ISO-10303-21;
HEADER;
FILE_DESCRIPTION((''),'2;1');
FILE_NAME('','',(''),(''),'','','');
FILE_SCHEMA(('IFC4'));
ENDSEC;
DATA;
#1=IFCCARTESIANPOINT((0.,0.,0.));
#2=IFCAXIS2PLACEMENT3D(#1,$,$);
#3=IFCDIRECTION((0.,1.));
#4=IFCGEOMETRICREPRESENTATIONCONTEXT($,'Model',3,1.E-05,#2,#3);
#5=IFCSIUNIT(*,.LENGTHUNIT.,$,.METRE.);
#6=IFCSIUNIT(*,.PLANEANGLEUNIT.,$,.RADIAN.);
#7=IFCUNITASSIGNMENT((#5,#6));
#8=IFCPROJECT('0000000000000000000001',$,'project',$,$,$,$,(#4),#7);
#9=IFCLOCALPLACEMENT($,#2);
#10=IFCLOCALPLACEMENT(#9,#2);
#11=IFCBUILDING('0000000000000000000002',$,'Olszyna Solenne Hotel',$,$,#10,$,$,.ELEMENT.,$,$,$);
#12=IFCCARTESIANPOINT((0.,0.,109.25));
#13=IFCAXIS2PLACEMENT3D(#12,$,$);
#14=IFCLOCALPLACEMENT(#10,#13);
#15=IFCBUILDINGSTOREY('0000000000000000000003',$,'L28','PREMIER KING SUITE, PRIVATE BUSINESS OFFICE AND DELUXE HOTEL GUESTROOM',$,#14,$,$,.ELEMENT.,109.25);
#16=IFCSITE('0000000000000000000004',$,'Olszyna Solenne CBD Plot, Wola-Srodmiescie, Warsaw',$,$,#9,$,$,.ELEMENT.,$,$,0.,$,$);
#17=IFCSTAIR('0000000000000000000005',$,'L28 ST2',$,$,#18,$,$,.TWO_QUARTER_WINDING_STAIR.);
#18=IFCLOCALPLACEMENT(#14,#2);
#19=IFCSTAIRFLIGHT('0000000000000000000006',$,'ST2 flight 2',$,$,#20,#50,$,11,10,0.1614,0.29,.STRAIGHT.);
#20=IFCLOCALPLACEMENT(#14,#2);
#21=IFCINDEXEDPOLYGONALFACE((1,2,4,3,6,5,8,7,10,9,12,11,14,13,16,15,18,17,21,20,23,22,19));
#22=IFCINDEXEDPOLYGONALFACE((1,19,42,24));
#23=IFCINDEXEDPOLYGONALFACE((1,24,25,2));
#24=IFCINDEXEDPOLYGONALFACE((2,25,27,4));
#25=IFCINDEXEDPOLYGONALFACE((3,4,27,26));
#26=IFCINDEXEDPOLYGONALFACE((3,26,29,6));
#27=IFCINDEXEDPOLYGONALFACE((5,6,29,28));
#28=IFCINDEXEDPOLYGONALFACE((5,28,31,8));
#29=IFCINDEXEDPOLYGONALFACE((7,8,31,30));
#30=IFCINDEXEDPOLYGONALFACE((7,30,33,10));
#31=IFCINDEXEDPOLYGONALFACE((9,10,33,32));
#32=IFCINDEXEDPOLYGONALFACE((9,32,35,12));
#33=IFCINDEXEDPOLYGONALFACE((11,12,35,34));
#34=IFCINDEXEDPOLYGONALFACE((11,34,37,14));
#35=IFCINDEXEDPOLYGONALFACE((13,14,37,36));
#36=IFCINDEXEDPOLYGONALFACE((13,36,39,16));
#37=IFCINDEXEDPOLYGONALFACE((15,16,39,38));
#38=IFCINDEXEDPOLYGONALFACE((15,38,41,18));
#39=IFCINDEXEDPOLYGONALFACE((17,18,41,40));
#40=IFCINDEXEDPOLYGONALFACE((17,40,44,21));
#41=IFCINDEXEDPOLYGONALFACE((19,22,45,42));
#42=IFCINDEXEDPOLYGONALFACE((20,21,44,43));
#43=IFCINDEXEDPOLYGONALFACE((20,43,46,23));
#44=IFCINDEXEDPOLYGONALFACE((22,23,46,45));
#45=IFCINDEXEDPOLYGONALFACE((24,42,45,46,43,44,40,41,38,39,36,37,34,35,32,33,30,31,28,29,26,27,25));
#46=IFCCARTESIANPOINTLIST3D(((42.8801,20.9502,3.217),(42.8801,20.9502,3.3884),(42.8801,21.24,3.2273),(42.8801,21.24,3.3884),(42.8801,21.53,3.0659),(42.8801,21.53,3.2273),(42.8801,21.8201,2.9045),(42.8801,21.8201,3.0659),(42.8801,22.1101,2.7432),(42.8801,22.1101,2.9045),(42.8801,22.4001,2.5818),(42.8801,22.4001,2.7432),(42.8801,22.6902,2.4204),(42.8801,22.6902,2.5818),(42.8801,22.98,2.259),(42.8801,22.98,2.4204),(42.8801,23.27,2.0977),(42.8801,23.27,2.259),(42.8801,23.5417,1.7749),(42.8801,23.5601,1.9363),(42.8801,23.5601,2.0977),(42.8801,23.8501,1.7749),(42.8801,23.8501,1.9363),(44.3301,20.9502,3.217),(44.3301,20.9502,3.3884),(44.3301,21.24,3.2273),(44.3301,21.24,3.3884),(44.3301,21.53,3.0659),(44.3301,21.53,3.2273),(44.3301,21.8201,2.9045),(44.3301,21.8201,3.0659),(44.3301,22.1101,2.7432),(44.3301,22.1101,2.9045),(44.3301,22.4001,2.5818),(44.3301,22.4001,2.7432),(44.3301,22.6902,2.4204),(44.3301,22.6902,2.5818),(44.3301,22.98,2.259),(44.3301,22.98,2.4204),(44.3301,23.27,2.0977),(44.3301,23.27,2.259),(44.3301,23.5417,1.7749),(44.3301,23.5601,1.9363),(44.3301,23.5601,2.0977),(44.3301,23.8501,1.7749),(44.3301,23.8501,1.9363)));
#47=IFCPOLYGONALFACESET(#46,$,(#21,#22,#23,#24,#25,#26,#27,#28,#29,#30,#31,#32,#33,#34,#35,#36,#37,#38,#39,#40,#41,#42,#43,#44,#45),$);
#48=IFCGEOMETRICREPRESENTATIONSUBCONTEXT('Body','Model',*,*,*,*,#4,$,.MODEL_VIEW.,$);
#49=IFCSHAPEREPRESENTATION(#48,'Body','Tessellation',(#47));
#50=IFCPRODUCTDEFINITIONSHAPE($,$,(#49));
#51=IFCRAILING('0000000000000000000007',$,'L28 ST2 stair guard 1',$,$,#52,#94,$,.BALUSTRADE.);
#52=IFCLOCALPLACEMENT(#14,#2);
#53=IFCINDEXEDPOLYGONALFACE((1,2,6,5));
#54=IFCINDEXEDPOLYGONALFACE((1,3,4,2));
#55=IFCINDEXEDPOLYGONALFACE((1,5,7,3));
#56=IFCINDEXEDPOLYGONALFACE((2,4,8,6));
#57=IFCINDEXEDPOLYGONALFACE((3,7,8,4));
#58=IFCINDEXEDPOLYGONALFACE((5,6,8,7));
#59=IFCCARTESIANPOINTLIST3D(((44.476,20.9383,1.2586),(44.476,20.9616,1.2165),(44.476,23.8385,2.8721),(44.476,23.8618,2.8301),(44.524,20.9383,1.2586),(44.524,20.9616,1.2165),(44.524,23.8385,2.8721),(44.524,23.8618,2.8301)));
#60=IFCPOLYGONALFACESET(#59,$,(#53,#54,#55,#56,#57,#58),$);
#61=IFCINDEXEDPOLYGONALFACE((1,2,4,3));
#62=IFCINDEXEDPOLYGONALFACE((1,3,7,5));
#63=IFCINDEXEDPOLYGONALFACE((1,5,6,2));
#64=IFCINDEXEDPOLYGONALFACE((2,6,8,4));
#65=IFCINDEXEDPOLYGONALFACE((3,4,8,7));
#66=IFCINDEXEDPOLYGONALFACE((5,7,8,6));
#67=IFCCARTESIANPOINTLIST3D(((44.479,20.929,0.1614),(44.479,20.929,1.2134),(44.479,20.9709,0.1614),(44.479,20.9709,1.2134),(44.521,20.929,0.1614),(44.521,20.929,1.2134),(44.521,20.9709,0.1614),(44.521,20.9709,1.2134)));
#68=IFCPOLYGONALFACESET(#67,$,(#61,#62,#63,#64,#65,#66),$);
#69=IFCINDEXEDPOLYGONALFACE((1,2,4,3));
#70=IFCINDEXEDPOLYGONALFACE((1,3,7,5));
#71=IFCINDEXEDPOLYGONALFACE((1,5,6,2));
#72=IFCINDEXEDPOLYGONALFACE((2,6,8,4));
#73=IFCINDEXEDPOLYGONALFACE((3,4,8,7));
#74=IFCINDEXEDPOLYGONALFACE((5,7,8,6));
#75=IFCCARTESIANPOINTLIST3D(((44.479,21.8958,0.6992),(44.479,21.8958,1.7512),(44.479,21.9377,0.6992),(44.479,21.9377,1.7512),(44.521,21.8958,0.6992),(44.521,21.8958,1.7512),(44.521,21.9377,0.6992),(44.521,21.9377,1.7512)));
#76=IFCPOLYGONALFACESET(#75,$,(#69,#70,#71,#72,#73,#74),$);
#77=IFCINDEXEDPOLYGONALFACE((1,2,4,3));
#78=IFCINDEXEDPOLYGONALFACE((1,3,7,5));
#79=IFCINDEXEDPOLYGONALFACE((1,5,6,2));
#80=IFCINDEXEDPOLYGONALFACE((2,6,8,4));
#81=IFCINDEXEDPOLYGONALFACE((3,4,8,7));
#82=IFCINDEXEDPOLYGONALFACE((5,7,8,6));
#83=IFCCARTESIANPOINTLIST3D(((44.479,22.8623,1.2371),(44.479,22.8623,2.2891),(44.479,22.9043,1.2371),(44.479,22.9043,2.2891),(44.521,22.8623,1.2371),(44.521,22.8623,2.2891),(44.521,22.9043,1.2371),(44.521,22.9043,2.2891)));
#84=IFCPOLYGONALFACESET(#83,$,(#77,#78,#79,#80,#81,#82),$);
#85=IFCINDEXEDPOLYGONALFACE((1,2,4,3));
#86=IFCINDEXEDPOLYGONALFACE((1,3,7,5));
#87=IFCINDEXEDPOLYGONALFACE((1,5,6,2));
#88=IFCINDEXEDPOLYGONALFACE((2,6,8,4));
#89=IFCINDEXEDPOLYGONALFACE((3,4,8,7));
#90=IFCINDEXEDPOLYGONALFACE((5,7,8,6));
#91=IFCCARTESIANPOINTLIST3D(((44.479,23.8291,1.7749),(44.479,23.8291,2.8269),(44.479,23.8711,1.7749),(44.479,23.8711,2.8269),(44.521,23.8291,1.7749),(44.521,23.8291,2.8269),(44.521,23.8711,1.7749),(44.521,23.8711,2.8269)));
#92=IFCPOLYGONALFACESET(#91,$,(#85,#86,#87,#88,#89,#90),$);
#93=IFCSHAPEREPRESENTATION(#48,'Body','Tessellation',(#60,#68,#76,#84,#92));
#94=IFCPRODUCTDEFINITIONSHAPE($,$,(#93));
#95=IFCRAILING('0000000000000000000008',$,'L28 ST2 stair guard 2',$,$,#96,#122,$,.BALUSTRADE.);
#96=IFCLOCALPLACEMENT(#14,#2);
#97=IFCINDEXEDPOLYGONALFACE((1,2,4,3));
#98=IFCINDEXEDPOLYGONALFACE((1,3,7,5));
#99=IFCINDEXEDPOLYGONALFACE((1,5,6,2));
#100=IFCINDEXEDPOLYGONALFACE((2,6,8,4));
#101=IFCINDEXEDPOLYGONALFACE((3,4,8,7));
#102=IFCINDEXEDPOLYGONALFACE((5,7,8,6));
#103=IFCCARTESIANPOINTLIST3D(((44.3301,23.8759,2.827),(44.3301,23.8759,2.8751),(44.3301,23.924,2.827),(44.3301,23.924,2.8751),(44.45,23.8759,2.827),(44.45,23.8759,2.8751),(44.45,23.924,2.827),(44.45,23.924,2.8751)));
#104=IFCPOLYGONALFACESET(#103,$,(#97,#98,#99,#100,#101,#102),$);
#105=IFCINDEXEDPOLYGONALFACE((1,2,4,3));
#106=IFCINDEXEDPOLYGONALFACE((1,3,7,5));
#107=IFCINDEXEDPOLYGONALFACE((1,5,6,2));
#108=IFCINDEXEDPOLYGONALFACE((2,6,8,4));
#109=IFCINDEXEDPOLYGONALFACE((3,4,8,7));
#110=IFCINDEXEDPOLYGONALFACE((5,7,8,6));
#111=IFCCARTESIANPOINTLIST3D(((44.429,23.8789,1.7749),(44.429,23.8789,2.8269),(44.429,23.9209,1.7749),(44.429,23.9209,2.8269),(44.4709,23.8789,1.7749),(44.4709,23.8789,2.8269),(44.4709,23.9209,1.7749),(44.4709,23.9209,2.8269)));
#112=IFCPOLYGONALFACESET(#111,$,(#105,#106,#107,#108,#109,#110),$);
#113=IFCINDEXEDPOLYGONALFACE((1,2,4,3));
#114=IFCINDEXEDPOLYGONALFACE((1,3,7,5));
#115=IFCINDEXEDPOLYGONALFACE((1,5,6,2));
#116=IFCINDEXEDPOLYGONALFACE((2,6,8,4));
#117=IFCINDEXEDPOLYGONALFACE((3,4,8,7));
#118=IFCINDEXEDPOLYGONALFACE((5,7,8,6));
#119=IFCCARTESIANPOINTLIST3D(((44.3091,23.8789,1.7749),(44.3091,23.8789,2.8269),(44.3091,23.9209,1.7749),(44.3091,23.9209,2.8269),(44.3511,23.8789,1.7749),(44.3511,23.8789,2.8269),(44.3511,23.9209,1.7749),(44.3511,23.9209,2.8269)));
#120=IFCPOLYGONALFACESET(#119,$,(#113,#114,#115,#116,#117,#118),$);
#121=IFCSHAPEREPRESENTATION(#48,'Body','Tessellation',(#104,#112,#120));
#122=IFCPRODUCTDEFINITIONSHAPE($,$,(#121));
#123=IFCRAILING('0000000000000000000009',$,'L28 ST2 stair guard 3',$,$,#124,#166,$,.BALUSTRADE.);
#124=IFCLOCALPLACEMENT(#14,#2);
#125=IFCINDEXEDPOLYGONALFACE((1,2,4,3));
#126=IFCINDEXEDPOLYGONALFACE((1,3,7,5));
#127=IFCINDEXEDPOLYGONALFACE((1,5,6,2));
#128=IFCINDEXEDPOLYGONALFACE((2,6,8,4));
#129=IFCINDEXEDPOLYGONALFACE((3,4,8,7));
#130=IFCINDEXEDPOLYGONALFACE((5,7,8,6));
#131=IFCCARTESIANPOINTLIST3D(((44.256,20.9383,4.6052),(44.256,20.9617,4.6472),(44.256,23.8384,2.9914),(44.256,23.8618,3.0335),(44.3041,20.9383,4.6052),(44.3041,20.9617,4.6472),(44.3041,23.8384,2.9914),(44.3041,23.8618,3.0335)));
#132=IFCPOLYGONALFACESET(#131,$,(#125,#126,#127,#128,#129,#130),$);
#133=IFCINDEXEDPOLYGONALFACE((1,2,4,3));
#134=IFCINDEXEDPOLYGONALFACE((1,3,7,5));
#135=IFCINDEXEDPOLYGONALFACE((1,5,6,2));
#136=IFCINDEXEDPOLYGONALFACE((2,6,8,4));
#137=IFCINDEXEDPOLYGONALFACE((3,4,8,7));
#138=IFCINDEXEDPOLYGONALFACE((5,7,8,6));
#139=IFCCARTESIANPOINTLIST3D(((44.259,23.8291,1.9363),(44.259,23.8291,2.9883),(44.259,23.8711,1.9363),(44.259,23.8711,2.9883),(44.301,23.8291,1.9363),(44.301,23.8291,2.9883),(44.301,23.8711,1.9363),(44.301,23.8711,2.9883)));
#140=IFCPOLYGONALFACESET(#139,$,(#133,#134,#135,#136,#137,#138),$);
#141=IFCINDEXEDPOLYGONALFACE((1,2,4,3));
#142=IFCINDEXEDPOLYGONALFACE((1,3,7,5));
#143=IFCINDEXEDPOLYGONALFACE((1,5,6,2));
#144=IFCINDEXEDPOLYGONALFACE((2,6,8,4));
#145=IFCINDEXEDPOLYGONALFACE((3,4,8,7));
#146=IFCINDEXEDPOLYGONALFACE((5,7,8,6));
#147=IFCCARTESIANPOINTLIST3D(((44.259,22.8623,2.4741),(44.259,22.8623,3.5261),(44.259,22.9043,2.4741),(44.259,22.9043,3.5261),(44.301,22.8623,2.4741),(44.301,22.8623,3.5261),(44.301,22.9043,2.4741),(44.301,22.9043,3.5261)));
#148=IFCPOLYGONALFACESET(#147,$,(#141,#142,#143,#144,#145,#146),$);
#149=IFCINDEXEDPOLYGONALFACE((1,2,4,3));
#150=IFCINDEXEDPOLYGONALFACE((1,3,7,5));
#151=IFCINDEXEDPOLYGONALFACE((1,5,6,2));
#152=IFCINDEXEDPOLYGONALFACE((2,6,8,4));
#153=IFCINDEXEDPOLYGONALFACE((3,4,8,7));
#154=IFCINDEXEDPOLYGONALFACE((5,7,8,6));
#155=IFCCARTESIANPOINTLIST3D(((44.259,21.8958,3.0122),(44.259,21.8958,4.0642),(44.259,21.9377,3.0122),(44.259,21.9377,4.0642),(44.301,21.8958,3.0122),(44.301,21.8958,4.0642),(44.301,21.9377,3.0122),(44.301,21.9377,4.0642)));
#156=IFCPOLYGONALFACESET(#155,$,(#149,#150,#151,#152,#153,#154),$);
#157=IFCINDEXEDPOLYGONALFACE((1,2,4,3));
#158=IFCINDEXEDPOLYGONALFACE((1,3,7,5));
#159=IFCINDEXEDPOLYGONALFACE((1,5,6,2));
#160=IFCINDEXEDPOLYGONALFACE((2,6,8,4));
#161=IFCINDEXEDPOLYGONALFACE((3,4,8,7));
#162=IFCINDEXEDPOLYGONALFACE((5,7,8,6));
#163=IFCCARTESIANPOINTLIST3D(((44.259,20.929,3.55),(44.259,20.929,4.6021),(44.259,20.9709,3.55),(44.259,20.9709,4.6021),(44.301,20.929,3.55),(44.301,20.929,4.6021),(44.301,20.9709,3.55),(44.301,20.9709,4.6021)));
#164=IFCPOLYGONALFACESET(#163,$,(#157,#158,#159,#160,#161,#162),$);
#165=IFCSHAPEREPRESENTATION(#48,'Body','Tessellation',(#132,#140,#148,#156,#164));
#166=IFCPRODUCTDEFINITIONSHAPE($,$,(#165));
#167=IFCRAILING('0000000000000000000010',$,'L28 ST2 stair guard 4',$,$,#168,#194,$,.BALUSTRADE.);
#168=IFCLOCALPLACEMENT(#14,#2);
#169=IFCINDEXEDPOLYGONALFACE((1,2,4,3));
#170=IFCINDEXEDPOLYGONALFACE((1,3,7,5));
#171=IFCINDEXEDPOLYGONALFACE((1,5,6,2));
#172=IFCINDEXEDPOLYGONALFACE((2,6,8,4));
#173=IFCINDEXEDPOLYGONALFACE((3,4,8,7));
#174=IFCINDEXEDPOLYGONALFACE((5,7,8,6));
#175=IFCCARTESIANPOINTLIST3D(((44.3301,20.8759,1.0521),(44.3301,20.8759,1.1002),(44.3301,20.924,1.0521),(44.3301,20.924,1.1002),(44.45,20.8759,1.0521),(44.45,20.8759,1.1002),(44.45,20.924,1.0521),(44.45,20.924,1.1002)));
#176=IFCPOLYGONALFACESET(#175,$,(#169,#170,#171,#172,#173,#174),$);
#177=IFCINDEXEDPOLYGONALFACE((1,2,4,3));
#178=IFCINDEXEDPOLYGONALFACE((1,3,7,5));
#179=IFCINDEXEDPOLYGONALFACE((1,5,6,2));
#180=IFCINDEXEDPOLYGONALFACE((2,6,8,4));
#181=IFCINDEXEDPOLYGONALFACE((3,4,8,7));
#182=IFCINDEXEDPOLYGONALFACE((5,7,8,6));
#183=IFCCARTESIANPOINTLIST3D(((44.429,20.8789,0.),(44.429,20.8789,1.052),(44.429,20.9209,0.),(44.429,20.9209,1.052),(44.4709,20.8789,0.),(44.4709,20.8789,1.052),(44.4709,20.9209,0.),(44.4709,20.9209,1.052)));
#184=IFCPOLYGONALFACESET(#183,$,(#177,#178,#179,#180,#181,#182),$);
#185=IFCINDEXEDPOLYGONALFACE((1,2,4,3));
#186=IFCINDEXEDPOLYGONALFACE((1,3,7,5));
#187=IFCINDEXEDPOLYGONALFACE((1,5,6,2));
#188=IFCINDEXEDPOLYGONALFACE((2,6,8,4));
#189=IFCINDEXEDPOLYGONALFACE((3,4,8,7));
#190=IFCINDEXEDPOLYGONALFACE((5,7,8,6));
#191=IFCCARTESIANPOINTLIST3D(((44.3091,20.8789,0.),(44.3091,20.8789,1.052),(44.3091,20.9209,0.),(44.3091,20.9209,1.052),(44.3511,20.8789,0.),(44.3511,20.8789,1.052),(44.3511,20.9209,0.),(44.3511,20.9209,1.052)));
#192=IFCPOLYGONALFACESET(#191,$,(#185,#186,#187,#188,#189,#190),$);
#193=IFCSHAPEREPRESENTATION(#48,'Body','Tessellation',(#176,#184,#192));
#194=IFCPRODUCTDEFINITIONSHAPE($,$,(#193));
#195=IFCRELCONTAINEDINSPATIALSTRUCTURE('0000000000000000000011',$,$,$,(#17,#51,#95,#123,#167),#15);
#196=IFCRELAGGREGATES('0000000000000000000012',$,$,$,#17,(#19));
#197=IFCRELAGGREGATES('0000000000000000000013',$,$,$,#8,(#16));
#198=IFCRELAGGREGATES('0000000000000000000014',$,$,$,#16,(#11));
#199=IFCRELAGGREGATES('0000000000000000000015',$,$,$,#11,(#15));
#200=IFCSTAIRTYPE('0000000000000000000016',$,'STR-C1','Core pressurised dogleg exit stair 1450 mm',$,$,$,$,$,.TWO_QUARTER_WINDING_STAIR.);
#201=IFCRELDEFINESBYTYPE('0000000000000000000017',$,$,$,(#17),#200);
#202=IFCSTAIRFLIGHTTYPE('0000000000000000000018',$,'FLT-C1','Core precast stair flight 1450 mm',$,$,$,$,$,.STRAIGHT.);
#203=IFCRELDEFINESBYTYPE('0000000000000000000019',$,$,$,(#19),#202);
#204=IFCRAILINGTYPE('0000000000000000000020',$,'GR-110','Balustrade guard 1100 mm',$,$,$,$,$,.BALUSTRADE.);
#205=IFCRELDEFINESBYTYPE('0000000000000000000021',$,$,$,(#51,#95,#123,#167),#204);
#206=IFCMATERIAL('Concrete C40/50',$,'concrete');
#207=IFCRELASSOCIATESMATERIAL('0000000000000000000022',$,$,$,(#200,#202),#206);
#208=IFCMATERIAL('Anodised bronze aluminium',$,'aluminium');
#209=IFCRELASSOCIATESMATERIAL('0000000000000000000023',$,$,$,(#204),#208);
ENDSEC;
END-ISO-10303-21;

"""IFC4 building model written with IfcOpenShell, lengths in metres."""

from ifc_helpers import new_model, si_unit, direction, frame, origin, origin_2d, place, context, subcontext, project, spatial, polyline, rectangle, outline, extrude, material, type_object, element, aggregate, save


model = new_model("IFC4")

# Units and contexts
model_context = context("Model", 3, precision=1e-05, world=origin(), true_north=direction((0.0, 1.0)))
body_context = subcontext(model_context, "Body", "Model", "MODEL_VIEW")
ifc_project = project(units=[si_unit("LENGTHUNIT", "METRE"), si_unit("PLANEANGLEUNIT", "RADIAN")], contexts=[model_context])

# Site, building, storey
site_placement = place(None, origin())
site = spatial("IfcSite", under=ifc_project, at=site_placement, Name="Olszyna Solenne CBD Plot, Wola-Srodmiescie, Warsaw", CompositionType="ELEMENT", RefElevation=0.0)
building_placement = place(site_placement, origin())
building = spatial("IfcBuilding", under=site, at=building_placement, Name="Olszyna Solenne Hotel", CompositionType="ELEMENT")
storey_placement = place(building_placement, frame((0.0, 0.0, 109.25)))
storey = spatial("IfcBuildingStorey", under=building, at=storey_placement, Name="L28", Description="PREMIER KING SUITE, PRIVATE BUSINESS OFFICE AND DELUXE HOTEL GUESTROOM", CompositionType="ELEMENT", Elevation=109.25)

# Stair, stair flight
ifc_material_1 = material(Name="Concrete C40/50", Category="concrete")
stair_type = type_object("IfcStairType", Name="STR-C1", Description="Core pressurised dogleg exit stair 1450 mm", PredefinedType="TWO_QUARTER_WINDING_STAIR", material=ifc_material_1)
stair_placement = place(storey_placement, origin())
stair = element("IfcStair", 1, at=stair_placement, inside=storey, type_object=stair_type, Name="L28 ST2", PredefinedType="TWO_QUARTER_WINDING_STAIR")
stair_flight_type = type_object("IfcStairFlightType", Name="FLT-C1", Description="Core precast stair flight 1450 mm", PredefinedType="STRAIGHT", material=ifc_material_1)
stair_flight_1_placement = place(storey_placement, frame((43.605, 23.8501, 1.7749), z_axis=(0.0, 0.0, 1.0), x_axis=(0.0, -1.0, 0.0)))
stair_flight_1 = element("IfcStairFlight", 2, at=stair_flight_1_placement, type_object=stair_flight_type, Name="ST2 flight 2", NumberOfRisers=11, NumberOfTreads=10, PredefinedType="STRAIGHT", RiserHeight=0.1614, TreadLength=0.29, context=body_context, shape_type="SweptSolid", body=[
    extrude(outline(polyline([(0.0, 0.0), (0.0, 0.1614), (0.29, 0.1614), (0.29, 0.3228), (0.5801, 0.3228), (0.5801, 0.4841), (0.8701, 0.4841), (0.8701, 0.6455), (1.1599, 0.6455), (1.1599, 0.8069), (1.45, 0.8069), (1.45, 0.9683), (1.74, 0.9683), (1.74, 1.1296), (2.03, 1.1296), (2.03, 1.291), (2.3201, 1.291), (2.3201, 1.4524), (2.6101, 1.4524), (2.6101, 1.6135), (2.8999, 1.6135), (2.8999, 1.7749), (2.8999, 1.4421), (0.3083, 0.0), (0.0, 0.0)])), frame((0.0, 0.7251, 0.0), z_axis=(0.0, -1.0, 0.0), x_axis=(1.0, 0.0, 0.0)), (0.0, 0.0, 1.0), 1.45),
])
aggregate(stair, [stair_flight_1])

# Railings
ifc_material_2 = material(Name="Anodised bronze aluminium", Category="aluminium")
railing_type_1 = type_object("IfcRailingType", Name="GR-110", Description="Balustrade guard 1100 mm", PredefinedType="BALUSTRADE", material=ifc_material_2)
railing_1_placement = place(storey_placement, frame((44.5, 20.95, 0.1614)))
element("IfcRailing", 3, at=railing_1_placement, inside=storey, type_object=railing_type_1, Name="L28 ST2 stair guard 1", PredefinedType="BALUSTRADE", context=body_context, shape_type="SweptSolid", body=[
    extrude(rectangle(XDim=0.0481, YDim=0.0481, at=origin_2d()), frame((0.0, 0.0, 1.0762), z_axis=(0.0, 0.873859, 0.48618), x_axis=(-1.0, 0.0, 0.0)), (0.0, 0.0, 1.0), 3.3188),
    extrude(rectangle(XDim=0.042, YDim=0.042, at=origin_2d()), origin(), (0.0, 0.0, 1.0), 1.052),
    extrude(rectangle(XDim=0.042, YDim=0.042, at=origin_2d()), frame((0.0, 0.9668, 0.5378)), (0.0, 0.0, 1.0), 1.052),
    extrude(rectangle(XDim=0.042, YDim=0.042, at=origin_2d()), frame((0.0, 1.9333, 1.0757)), (0.0, 0.0, 1.0), 1.052),
    extrude(rectangle(XDim=0.042, YDim=0.042, at=origin_2d()), frame((0.0, 2.9001, 1.6135)), (0.0, 0.0, 1.0), 1.052),
])
railing_2_placement = place(storey_placement, frame((44.45, 23.8999, 1.7749)))
element("IfcRailing", 4, at=railing_2_placement, inside=storey, type_object=railing_type_1, Name="L28 ST2 stair guard 2", PredefinedType="BALUSTRADE", context=body_context, shape_type="SweptSolid", body=[
    extrude(rectangle(XDim=0.0481, YDim=0.0481, at=origin_2d()), frame((0.0, 0.0, 1.0762), z_axis=(-1.0, 0.0, 0.0), x_axis=(0.0, -1.0, 0.0)), (0.0, 0.0, 1.0), 0.1199),
    extrude(rectangle(XDim=0.042, YDim=0.042, at=origin_2d()), origin(), (0.0, 0.0, 1.0), 1.052),
    extrude(rectangle(XDim=0.042, YDim=0.042, at=origin_2d()), frame((-0.1199, 0.0, 0.0)), (0.0, 0.0, 1.0), 1.052),
])
railing_3_placement = place(storey_placement, frame((44.28, 23.8501, 1.9363)))
element("IfcRailing", 5, at=railing_3_placement, inside=storey, type_object=railing_type_1, Name="L28 ST2 stair guard 3", PredefinedType="BALUSTRADE", context=body_context, shape_type="SweptSolid", body=[
    extrude(rectangle(XDim=0.0481, YDim=0.0481, at=origin_2d()), frame((0.0, 0.0, 1.0762), z_axis=(0.0, -0.873827, 0.486236), x_axis=(1.0, 0.0, 0.0)), (0.0, 0.0, 1.0), 3.3188),
    extrude(rectangle(XDim=0.042, YDim=0.042, at=origin_2d()), origin(), (0.0, 0.0, 1.0), 1.052),
    extrude(rectangle(XDim=0.042, YDim=0.042, at=origin_2d()), frame((0.0, -0.9668, 0.5378)), (0.0, 0.0, 1.0), 1.052),
    extrude(rectangle(XDim=0.042, YDim=0.042, at=origin_2d()), frame((0.0, -1.9333, 1.0759)), (0.0, 0.0, 1.0), 1.052),
    extrude(rectangle(XDim=0.042, YDim=0.042, at=origin_2d()), frame((0.0, -2.9001, 1.6138)), (0.0, 0.0, 1.0), 1.052),
])
railing_4_placement = place(storey_placement, frame((44.45, 20.8999, 0.0)))
element("IfcRailing", 6, at=railing_4_placement, inside=storey, type_object=railing_type_1, Name="L28 ST2 stair guard 4", PredefinedType="BALUSTRADE", context=body_context, shape_type="SweptSolid", body=[
    extrude(rectangle(XDim=0.0481, YDim=0.0481, at=origin_2d()), frame((0.0, 0.0, 1.0762), z_axis=(-1.0, 0.0, 0.0), x_axis=(0.0, -1.0, 0.0)), (0.0, 0.0, 1.0), 0.1199),
    extrude(rectangle(XDim=0.042, YDim=0.042, at=origin_2d()), origin(), (0.0, 0.0, 1.0), 1.052),
    extrude(rectangle(XDim=0.042, YDim=0.042, at=origin_2d()), frame((-0.1199, 0.0, 0.0)), (0.0, 0.0, 1.0), 1.052),
])

save(model, "model.ifc")
